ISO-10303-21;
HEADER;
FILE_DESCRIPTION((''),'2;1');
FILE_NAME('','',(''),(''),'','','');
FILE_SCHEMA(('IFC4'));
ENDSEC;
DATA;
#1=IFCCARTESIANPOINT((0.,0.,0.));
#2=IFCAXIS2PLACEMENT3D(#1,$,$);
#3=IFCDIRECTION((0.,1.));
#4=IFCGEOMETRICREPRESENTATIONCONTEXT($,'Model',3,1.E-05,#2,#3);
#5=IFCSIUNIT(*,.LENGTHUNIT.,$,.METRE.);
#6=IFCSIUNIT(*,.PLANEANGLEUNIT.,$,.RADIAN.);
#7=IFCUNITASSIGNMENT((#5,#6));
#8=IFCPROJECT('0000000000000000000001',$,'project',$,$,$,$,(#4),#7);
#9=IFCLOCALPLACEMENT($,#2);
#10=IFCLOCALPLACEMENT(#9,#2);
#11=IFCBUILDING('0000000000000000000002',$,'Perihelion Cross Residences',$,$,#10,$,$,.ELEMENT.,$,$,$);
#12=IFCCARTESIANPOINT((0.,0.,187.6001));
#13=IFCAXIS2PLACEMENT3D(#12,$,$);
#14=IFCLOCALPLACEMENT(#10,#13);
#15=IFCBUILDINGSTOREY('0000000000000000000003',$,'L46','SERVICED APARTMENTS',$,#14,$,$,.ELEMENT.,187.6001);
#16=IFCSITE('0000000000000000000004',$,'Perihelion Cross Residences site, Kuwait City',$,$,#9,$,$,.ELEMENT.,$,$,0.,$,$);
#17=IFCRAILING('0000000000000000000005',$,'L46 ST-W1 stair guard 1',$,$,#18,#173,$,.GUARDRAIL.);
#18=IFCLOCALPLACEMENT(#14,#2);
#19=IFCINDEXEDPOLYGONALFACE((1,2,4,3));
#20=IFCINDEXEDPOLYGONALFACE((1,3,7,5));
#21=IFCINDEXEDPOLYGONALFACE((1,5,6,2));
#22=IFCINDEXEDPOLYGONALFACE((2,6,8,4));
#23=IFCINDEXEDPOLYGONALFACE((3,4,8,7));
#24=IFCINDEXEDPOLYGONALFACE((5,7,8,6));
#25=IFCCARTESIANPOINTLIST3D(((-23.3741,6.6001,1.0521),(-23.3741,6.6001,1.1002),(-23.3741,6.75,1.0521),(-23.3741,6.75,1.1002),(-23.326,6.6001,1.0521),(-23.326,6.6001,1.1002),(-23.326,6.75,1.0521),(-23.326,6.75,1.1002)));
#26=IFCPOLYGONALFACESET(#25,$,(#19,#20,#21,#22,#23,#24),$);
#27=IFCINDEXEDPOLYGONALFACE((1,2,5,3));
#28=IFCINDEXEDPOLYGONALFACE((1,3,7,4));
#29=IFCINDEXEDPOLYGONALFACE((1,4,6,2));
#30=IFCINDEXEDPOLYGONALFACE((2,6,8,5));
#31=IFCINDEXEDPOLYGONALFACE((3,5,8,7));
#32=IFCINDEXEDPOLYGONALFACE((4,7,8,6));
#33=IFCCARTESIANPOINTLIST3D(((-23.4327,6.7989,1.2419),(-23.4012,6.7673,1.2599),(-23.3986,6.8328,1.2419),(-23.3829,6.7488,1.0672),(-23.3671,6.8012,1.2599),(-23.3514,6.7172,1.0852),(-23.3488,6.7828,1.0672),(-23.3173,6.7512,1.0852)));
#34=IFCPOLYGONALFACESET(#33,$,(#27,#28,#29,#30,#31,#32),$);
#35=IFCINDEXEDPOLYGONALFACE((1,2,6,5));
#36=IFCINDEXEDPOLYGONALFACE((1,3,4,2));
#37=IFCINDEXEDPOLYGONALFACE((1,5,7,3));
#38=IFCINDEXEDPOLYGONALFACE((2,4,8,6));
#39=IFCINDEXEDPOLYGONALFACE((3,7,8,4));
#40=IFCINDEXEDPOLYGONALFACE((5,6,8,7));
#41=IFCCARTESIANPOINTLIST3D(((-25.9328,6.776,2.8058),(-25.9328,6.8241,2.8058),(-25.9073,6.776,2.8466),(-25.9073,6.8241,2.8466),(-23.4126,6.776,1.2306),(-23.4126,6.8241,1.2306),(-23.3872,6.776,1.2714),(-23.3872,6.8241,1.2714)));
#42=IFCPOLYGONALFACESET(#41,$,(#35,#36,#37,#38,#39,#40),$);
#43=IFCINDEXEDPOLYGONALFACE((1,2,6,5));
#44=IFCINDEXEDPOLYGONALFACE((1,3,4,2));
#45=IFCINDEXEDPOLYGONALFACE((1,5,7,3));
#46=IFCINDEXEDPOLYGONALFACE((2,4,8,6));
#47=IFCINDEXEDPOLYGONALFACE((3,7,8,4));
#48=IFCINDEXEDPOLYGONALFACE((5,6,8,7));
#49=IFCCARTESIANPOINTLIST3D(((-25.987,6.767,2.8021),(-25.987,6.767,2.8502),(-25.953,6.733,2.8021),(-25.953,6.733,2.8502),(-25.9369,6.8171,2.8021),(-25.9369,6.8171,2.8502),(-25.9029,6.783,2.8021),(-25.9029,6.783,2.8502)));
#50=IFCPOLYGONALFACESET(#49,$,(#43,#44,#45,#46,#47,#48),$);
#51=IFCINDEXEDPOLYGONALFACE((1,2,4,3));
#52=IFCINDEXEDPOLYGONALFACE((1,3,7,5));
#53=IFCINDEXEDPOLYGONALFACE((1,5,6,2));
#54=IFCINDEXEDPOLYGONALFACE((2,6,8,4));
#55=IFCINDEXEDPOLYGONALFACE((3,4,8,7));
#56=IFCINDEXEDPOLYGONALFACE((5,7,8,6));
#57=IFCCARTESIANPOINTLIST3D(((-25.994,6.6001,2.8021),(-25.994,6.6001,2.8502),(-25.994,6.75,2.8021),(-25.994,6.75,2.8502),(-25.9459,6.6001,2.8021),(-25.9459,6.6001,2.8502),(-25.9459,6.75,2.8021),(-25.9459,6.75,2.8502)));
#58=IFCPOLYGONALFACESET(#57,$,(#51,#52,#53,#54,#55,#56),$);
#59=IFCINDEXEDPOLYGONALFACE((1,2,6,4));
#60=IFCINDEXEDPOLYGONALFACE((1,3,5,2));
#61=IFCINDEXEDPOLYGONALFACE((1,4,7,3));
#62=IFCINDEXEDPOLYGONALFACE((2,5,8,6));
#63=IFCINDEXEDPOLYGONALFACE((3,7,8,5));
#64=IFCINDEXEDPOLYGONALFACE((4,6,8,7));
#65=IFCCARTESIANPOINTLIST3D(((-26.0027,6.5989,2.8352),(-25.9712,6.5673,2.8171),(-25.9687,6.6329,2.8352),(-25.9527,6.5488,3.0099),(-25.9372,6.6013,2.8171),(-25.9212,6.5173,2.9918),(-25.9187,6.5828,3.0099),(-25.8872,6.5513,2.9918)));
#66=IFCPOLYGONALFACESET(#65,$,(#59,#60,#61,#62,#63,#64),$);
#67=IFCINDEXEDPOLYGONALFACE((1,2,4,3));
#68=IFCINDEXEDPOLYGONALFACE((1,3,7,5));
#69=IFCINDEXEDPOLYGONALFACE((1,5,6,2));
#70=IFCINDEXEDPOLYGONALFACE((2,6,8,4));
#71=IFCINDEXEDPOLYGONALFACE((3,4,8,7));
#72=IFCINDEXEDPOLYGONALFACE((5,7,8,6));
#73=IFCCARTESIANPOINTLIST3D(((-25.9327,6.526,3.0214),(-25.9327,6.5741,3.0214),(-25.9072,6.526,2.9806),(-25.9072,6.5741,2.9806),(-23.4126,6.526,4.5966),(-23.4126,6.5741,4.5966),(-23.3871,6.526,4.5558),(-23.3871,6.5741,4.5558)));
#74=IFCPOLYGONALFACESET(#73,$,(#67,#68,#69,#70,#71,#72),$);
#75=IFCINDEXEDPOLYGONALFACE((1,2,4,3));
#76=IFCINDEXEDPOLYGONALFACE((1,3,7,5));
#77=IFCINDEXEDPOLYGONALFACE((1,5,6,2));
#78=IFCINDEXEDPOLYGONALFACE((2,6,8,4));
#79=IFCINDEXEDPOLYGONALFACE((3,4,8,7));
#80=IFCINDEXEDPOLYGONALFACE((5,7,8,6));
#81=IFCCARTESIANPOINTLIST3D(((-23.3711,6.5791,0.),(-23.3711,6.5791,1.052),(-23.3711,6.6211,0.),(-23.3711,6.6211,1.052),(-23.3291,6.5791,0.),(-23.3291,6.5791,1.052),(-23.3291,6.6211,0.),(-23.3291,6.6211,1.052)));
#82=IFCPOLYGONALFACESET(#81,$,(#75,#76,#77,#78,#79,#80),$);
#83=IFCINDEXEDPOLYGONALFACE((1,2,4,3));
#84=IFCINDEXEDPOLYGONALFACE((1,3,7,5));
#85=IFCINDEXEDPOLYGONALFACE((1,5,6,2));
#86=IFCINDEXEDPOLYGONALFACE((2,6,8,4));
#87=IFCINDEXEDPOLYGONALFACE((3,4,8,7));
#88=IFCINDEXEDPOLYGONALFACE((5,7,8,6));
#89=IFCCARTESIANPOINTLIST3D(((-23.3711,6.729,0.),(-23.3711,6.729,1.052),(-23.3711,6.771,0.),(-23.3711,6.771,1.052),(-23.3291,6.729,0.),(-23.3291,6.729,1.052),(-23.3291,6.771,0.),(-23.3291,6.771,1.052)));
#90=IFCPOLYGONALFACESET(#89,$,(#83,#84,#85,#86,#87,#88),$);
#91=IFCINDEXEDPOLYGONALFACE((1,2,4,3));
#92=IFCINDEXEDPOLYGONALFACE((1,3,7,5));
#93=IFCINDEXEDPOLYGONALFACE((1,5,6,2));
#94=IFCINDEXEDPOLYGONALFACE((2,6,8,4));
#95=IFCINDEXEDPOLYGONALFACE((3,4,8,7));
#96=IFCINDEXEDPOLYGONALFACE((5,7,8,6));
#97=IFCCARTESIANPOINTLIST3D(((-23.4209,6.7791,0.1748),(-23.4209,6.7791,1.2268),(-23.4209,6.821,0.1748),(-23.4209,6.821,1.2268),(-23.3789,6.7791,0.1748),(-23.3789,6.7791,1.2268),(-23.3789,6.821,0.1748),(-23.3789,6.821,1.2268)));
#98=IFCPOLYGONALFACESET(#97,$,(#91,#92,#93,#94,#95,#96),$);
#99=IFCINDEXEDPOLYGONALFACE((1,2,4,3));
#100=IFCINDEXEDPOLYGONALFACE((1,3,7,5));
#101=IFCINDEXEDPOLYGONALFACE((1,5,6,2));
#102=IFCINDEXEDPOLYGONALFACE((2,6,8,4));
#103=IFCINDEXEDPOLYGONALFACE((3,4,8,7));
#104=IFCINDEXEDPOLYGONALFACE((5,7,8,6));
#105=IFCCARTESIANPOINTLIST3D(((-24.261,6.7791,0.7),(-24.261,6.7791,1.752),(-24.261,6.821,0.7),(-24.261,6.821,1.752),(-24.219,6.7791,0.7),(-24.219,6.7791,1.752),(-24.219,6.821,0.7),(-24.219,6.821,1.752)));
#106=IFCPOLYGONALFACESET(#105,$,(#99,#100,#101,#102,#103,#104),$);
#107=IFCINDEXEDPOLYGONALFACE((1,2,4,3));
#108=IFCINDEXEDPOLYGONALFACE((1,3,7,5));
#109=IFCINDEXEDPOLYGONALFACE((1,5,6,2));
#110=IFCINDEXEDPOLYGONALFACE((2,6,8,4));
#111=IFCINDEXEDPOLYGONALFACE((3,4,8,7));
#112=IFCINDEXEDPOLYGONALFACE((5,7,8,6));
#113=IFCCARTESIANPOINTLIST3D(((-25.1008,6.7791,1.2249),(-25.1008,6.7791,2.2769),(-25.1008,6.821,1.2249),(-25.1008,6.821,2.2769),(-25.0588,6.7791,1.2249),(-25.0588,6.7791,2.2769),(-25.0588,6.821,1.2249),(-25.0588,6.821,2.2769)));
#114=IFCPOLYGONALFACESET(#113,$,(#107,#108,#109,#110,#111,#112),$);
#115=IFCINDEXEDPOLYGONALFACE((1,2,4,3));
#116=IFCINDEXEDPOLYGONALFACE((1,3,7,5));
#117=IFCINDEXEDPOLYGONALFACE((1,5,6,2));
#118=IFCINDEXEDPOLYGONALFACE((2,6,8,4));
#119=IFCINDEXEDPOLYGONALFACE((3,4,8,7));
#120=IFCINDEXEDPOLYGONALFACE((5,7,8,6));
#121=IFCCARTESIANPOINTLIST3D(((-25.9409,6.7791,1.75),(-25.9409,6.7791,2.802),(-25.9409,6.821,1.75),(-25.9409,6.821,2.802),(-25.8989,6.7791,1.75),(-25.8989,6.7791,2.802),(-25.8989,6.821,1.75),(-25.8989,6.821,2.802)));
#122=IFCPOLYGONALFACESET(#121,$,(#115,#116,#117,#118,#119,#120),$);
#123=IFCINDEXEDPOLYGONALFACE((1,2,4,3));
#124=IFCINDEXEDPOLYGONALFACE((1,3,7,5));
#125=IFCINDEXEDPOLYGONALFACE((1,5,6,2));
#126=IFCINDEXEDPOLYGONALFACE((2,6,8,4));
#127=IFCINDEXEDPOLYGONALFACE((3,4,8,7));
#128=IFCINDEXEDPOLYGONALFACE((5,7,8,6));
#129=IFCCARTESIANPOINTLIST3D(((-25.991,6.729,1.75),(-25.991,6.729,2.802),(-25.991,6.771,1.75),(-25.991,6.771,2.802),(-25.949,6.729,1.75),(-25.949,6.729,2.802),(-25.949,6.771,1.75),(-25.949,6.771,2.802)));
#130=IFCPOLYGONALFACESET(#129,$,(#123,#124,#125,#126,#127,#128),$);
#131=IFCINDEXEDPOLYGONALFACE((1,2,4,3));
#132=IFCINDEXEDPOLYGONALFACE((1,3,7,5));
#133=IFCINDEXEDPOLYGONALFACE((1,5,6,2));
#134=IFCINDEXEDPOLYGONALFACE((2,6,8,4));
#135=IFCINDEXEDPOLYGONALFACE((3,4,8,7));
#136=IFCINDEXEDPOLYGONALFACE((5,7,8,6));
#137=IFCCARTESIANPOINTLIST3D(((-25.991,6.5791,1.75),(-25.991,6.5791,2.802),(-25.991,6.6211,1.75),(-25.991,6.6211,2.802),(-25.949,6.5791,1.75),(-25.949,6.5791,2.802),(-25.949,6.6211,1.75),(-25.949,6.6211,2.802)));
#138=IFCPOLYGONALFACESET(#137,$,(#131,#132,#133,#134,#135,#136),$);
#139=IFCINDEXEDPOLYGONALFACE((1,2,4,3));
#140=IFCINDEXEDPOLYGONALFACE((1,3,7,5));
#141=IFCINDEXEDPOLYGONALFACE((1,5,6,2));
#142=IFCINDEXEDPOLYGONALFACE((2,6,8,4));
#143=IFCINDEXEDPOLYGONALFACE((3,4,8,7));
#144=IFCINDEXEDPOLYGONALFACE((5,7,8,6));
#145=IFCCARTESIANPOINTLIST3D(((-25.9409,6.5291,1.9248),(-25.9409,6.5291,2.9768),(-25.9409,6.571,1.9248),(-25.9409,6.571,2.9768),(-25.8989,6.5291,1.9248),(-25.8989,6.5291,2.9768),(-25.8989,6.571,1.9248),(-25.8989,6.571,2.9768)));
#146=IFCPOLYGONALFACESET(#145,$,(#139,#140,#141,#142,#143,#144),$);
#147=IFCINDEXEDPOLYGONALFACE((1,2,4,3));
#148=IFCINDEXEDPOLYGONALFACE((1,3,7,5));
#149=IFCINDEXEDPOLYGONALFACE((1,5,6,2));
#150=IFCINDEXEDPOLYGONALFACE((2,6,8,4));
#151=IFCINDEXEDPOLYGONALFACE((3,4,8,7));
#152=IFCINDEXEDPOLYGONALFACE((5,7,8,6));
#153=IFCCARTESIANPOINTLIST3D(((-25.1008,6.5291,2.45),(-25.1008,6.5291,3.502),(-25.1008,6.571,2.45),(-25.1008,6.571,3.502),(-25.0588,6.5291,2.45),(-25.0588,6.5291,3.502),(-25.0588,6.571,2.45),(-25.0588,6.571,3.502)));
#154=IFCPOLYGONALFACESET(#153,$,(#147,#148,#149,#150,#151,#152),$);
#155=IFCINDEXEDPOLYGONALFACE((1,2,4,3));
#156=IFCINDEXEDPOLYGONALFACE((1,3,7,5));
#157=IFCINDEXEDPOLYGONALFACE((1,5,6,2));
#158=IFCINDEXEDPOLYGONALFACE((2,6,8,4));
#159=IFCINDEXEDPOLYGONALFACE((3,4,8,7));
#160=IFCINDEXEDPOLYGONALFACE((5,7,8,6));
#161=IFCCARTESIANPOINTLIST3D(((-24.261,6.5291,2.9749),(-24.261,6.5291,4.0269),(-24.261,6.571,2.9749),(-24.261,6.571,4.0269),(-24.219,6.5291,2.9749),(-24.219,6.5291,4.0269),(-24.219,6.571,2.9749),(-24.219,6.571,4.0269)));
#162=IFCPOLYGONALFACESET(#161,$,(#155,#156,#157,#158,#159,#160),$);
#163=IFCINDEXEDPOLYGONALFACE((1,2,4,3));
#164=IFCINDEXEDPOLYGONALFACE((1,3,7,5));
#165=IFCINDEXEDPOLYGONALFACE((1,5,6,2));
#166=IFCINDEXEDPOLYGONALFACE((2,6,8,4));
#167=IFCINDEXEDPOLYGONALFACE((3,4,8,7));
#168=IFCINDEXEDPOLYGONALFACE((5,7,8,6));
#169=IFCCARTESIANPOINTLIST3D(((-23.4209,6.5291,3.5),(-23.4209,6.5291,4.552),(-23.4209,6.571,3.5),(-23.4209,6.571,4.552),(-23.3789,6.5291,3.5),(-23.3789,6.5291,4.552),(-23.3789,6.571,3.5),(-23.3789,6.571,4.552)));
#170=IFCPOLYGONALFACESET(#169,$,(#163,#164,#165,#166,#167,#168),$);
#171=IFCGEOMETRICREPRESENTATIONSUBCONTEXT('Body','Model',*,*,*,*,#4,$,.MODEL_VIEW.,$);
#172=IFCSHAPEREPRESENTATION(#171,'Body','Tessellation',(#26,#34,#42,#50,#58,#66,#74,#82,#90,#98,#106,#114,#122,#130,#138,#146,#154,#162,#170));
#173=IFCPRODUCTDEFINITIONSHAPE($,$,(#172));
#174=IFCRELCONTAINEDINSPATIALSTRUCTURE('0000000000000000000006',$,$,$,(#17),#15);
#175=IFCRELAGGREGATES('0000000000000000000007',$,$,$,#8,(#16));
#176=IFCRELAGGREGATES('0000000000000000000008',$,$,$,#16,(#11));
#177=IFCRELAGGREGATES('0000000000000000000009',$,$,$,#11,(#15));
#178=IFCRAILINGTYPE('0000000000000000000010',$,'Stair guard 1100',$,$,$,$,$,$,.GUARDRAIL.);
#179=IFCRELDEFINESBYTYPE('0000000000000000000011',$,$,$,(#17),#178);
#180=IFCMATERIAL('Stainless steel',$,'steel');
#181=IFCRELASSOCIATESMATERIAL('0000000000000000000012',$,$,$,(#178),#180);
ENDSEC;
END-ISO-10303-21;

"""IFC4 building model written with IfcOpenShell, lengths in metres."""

from ifc_helpers import new_model, si_unit, direction, frame, origin, origin_2d, place, context, subcontext, project, spatial, rectangle, extrude, material, type_object, element, save


model = new_model("IFC4")

# Units and contexts
model_context = context("Model", 3, precision=1e-05, world=origin(), true_north=direction((0.0, 1.0)))
body_context = subcontext(model_context, "Body", "Model", "MODEL_VIEW")
ifc_project = project(units=[si_unit("LENGTHUNIT", "METRE"), si_unit("PLANEANGLEUNIT", "RADIAN")], contexts=[model_context])

# Site, building, storey
site_placement = place(None, origin())
site = spatial("IfcSite", under=ifc_project, at=site_placement, Name="Perihelion Cross Residences site, Kuwait City", CompositionType="ELEMENT", RefElevation=0.0)
building_placement = place(site_placement, origin())
building = spatial("IfcBuilding", under=site, at=building_placement, Name="Perihelion Cross Residences", CompositionType="ELEMENT")
storey_placement = place(building_placement, frame((0.0, 0.0, 187.6001)))
storey = spatial("IfcBuildingStorey", under=building, at=storey_placement, Name="L46", Description="SERVICED APARTMENTS", CompositionType="ELEMENT", Elevation=187.6001)

# Railing
ifc_material_1 = material(Name="Stainless steel", Category="steel")
railing_type_1 = type_object("IfcRailingType", Name="Stair guard 1100", PredefinedType="GUARDRAIL", material=ifc_material_1)
railing_1_placement = place(storey_placement, frame((-23.3501, 6.6001, 0.0)))
element("IfcRailing", 1, at=railing_1_placement, inside=storey, type_object=railing_type_1, Name="L46 ST-W1 stair guard 1", PredefinedType="GUARDRAIL", context=body_context, shape_type="SweptSolid", body=[
    extrude(rectangle(XDim=0.0481, YDim=0.0481, at=origin_2d()), frame((0.0, 0.0, 1.0762), z_axis=(0.0, 1.0, 0.0), x_axis=(-1.0, 0.0, 0.0)), (0.0, 0.0, 1.0), 0.1499),
    extrude(rectangle(XDim=0.0481, YDim=0.0481, at=origin_2d()), frame((0.0, 0.1499, 1.0762), z_axis=(-0.264179, 0.265474, 0.927218), x_axis=(-0.708834, -0.705376, 0.0)), (0.0, 0.0, 1.0), 0.1885),
    extrude(rectangle(XDim=0.0481, YDim=0.0481, at=origin_2d()), frame((-0.0498, 0.2, 1.251), z_axis=(-0.847971, 0.0, 0.530043), x_axis=(0.0, -1.0, 0.0)), (0.0, 0.0, 1.0), 2.9719),
    extrude(rectangle(XDim=0.0481, YDim=0.0481, at=origin_2d()), frame((-2.5698, 0.2, 2.8262), z_axis=(-0.707107, -0.707107, 0.0), x_axis=(0.707107, -0.707107, 0.0)), (0.0, 0.0, 1.0), 0.0708),
    extrude(rectangle(XDim=0.0481, YDim=0.0481, at=origin_2d()), frame((-2.6199, 0.1499, 2.8262), z_axis=(0.0, -1.0, 0.0), x_axis=(1.0, 0.0, 0.0)), (0.0, 0.0, 1.0), 0.1499),
    extrude(rectangle(XDim=0.0481, YDim=0.0481, at=origin_2d()), frame((-2.6199, 0.0, 2.8262), z_axis=(0.265383, -0.265383, 0.9269), x_axis=(0.707107, 0.707107, 0.0)), (0.0, 0.0, 1.0), 0.1885),
    extrude(rectangle(XDim=0.0481, YDim=0.0481, at=origin_2d()), frame((-2.5698, -0.05, 3.001), z_axis=(0.847971, 0.0, 0.530043), x_axis=(0.0, 1.0, 0.0)), (0.0, 0.0, 1.0), 2.9719),
    extrude(rectangle(XDim=0.042, YDim=0.042, at=origin_2d()), origin(), (0.0, 0.0, 1.0), 1.052),
    extrude(rectangle(XDim=0.042, YDim=0.042, at=origin_2d()), frame((0.0, 0.1499, 0.0)), (0.0, 0.0, 1.0), 1.052),
    extrude(rectangle(XDim=0.042, YDim=0.042, at=origin_2d()), frame((-0.0498, 0.2, 0.1748)), (0.0, 0.0, 1.0), 1.052),
    extrude(rectangle(XDim=0.042, YDim=0.042, at=origin_2d()), frame((-0.8899, 0.2, 0.7)), (0.0, 0.0, 1.0), 1.052),
    extrude(rectangle(XDim=0.042, YDim=0.042, at=origin_2d()), frame((-1.7297, 0.2, 1.2249)), (0.0, 0.0, 1.0), 1.052),
    extrude(rectangle(XDim=0.042, YDim=0.042, at=origin_2d()), frame((-2.5698, 0.2, 1.75)), (0.0, 0.0, 1.0), 1.052),
    extrude(rectangle(XDim=0.042, YDim=0.042, at=origin_2d()), frame((-2.6199, 0.1499, 1.75)), (0.0, 0.0, 1.0), 1.052),
    extrude(rectangle(XDim=0.042, YDim=0.042, at=origin_2d()), frame((-2.6199, 0.0, 1.75)), (0.0, 0.0, 1.0), 1.052),
    extrude(rectangle(XDim=0.042, YDim=0.042, at=origin_2d()), frame((-2.5698, -0.05, 1.9248)), (0.0, 0.0, 1.0), 1.052),
    extrude(rectangle(XDim=0.042, YDim=0.042, at=origin_2d()), frame((-1.7297, -0.05, 2.45)), (0.0, 0.0, 1.0), 1.052),
    extrude(rectangle(XDim=0.042, YDim=0.042, at=origin_2d()), frame((-0.8899, -0.05, 2.9749)), (0.0, 0.0, 1.0), 1.052),
    extrude(rectangle(XDim=0.042, YDim=0.042, at=origin_2d()), frame((-0.0498, -0.05, 3.5)), (0.0, 0.0, 1.0), 1.052),
])

save(model, "model.ifc")
